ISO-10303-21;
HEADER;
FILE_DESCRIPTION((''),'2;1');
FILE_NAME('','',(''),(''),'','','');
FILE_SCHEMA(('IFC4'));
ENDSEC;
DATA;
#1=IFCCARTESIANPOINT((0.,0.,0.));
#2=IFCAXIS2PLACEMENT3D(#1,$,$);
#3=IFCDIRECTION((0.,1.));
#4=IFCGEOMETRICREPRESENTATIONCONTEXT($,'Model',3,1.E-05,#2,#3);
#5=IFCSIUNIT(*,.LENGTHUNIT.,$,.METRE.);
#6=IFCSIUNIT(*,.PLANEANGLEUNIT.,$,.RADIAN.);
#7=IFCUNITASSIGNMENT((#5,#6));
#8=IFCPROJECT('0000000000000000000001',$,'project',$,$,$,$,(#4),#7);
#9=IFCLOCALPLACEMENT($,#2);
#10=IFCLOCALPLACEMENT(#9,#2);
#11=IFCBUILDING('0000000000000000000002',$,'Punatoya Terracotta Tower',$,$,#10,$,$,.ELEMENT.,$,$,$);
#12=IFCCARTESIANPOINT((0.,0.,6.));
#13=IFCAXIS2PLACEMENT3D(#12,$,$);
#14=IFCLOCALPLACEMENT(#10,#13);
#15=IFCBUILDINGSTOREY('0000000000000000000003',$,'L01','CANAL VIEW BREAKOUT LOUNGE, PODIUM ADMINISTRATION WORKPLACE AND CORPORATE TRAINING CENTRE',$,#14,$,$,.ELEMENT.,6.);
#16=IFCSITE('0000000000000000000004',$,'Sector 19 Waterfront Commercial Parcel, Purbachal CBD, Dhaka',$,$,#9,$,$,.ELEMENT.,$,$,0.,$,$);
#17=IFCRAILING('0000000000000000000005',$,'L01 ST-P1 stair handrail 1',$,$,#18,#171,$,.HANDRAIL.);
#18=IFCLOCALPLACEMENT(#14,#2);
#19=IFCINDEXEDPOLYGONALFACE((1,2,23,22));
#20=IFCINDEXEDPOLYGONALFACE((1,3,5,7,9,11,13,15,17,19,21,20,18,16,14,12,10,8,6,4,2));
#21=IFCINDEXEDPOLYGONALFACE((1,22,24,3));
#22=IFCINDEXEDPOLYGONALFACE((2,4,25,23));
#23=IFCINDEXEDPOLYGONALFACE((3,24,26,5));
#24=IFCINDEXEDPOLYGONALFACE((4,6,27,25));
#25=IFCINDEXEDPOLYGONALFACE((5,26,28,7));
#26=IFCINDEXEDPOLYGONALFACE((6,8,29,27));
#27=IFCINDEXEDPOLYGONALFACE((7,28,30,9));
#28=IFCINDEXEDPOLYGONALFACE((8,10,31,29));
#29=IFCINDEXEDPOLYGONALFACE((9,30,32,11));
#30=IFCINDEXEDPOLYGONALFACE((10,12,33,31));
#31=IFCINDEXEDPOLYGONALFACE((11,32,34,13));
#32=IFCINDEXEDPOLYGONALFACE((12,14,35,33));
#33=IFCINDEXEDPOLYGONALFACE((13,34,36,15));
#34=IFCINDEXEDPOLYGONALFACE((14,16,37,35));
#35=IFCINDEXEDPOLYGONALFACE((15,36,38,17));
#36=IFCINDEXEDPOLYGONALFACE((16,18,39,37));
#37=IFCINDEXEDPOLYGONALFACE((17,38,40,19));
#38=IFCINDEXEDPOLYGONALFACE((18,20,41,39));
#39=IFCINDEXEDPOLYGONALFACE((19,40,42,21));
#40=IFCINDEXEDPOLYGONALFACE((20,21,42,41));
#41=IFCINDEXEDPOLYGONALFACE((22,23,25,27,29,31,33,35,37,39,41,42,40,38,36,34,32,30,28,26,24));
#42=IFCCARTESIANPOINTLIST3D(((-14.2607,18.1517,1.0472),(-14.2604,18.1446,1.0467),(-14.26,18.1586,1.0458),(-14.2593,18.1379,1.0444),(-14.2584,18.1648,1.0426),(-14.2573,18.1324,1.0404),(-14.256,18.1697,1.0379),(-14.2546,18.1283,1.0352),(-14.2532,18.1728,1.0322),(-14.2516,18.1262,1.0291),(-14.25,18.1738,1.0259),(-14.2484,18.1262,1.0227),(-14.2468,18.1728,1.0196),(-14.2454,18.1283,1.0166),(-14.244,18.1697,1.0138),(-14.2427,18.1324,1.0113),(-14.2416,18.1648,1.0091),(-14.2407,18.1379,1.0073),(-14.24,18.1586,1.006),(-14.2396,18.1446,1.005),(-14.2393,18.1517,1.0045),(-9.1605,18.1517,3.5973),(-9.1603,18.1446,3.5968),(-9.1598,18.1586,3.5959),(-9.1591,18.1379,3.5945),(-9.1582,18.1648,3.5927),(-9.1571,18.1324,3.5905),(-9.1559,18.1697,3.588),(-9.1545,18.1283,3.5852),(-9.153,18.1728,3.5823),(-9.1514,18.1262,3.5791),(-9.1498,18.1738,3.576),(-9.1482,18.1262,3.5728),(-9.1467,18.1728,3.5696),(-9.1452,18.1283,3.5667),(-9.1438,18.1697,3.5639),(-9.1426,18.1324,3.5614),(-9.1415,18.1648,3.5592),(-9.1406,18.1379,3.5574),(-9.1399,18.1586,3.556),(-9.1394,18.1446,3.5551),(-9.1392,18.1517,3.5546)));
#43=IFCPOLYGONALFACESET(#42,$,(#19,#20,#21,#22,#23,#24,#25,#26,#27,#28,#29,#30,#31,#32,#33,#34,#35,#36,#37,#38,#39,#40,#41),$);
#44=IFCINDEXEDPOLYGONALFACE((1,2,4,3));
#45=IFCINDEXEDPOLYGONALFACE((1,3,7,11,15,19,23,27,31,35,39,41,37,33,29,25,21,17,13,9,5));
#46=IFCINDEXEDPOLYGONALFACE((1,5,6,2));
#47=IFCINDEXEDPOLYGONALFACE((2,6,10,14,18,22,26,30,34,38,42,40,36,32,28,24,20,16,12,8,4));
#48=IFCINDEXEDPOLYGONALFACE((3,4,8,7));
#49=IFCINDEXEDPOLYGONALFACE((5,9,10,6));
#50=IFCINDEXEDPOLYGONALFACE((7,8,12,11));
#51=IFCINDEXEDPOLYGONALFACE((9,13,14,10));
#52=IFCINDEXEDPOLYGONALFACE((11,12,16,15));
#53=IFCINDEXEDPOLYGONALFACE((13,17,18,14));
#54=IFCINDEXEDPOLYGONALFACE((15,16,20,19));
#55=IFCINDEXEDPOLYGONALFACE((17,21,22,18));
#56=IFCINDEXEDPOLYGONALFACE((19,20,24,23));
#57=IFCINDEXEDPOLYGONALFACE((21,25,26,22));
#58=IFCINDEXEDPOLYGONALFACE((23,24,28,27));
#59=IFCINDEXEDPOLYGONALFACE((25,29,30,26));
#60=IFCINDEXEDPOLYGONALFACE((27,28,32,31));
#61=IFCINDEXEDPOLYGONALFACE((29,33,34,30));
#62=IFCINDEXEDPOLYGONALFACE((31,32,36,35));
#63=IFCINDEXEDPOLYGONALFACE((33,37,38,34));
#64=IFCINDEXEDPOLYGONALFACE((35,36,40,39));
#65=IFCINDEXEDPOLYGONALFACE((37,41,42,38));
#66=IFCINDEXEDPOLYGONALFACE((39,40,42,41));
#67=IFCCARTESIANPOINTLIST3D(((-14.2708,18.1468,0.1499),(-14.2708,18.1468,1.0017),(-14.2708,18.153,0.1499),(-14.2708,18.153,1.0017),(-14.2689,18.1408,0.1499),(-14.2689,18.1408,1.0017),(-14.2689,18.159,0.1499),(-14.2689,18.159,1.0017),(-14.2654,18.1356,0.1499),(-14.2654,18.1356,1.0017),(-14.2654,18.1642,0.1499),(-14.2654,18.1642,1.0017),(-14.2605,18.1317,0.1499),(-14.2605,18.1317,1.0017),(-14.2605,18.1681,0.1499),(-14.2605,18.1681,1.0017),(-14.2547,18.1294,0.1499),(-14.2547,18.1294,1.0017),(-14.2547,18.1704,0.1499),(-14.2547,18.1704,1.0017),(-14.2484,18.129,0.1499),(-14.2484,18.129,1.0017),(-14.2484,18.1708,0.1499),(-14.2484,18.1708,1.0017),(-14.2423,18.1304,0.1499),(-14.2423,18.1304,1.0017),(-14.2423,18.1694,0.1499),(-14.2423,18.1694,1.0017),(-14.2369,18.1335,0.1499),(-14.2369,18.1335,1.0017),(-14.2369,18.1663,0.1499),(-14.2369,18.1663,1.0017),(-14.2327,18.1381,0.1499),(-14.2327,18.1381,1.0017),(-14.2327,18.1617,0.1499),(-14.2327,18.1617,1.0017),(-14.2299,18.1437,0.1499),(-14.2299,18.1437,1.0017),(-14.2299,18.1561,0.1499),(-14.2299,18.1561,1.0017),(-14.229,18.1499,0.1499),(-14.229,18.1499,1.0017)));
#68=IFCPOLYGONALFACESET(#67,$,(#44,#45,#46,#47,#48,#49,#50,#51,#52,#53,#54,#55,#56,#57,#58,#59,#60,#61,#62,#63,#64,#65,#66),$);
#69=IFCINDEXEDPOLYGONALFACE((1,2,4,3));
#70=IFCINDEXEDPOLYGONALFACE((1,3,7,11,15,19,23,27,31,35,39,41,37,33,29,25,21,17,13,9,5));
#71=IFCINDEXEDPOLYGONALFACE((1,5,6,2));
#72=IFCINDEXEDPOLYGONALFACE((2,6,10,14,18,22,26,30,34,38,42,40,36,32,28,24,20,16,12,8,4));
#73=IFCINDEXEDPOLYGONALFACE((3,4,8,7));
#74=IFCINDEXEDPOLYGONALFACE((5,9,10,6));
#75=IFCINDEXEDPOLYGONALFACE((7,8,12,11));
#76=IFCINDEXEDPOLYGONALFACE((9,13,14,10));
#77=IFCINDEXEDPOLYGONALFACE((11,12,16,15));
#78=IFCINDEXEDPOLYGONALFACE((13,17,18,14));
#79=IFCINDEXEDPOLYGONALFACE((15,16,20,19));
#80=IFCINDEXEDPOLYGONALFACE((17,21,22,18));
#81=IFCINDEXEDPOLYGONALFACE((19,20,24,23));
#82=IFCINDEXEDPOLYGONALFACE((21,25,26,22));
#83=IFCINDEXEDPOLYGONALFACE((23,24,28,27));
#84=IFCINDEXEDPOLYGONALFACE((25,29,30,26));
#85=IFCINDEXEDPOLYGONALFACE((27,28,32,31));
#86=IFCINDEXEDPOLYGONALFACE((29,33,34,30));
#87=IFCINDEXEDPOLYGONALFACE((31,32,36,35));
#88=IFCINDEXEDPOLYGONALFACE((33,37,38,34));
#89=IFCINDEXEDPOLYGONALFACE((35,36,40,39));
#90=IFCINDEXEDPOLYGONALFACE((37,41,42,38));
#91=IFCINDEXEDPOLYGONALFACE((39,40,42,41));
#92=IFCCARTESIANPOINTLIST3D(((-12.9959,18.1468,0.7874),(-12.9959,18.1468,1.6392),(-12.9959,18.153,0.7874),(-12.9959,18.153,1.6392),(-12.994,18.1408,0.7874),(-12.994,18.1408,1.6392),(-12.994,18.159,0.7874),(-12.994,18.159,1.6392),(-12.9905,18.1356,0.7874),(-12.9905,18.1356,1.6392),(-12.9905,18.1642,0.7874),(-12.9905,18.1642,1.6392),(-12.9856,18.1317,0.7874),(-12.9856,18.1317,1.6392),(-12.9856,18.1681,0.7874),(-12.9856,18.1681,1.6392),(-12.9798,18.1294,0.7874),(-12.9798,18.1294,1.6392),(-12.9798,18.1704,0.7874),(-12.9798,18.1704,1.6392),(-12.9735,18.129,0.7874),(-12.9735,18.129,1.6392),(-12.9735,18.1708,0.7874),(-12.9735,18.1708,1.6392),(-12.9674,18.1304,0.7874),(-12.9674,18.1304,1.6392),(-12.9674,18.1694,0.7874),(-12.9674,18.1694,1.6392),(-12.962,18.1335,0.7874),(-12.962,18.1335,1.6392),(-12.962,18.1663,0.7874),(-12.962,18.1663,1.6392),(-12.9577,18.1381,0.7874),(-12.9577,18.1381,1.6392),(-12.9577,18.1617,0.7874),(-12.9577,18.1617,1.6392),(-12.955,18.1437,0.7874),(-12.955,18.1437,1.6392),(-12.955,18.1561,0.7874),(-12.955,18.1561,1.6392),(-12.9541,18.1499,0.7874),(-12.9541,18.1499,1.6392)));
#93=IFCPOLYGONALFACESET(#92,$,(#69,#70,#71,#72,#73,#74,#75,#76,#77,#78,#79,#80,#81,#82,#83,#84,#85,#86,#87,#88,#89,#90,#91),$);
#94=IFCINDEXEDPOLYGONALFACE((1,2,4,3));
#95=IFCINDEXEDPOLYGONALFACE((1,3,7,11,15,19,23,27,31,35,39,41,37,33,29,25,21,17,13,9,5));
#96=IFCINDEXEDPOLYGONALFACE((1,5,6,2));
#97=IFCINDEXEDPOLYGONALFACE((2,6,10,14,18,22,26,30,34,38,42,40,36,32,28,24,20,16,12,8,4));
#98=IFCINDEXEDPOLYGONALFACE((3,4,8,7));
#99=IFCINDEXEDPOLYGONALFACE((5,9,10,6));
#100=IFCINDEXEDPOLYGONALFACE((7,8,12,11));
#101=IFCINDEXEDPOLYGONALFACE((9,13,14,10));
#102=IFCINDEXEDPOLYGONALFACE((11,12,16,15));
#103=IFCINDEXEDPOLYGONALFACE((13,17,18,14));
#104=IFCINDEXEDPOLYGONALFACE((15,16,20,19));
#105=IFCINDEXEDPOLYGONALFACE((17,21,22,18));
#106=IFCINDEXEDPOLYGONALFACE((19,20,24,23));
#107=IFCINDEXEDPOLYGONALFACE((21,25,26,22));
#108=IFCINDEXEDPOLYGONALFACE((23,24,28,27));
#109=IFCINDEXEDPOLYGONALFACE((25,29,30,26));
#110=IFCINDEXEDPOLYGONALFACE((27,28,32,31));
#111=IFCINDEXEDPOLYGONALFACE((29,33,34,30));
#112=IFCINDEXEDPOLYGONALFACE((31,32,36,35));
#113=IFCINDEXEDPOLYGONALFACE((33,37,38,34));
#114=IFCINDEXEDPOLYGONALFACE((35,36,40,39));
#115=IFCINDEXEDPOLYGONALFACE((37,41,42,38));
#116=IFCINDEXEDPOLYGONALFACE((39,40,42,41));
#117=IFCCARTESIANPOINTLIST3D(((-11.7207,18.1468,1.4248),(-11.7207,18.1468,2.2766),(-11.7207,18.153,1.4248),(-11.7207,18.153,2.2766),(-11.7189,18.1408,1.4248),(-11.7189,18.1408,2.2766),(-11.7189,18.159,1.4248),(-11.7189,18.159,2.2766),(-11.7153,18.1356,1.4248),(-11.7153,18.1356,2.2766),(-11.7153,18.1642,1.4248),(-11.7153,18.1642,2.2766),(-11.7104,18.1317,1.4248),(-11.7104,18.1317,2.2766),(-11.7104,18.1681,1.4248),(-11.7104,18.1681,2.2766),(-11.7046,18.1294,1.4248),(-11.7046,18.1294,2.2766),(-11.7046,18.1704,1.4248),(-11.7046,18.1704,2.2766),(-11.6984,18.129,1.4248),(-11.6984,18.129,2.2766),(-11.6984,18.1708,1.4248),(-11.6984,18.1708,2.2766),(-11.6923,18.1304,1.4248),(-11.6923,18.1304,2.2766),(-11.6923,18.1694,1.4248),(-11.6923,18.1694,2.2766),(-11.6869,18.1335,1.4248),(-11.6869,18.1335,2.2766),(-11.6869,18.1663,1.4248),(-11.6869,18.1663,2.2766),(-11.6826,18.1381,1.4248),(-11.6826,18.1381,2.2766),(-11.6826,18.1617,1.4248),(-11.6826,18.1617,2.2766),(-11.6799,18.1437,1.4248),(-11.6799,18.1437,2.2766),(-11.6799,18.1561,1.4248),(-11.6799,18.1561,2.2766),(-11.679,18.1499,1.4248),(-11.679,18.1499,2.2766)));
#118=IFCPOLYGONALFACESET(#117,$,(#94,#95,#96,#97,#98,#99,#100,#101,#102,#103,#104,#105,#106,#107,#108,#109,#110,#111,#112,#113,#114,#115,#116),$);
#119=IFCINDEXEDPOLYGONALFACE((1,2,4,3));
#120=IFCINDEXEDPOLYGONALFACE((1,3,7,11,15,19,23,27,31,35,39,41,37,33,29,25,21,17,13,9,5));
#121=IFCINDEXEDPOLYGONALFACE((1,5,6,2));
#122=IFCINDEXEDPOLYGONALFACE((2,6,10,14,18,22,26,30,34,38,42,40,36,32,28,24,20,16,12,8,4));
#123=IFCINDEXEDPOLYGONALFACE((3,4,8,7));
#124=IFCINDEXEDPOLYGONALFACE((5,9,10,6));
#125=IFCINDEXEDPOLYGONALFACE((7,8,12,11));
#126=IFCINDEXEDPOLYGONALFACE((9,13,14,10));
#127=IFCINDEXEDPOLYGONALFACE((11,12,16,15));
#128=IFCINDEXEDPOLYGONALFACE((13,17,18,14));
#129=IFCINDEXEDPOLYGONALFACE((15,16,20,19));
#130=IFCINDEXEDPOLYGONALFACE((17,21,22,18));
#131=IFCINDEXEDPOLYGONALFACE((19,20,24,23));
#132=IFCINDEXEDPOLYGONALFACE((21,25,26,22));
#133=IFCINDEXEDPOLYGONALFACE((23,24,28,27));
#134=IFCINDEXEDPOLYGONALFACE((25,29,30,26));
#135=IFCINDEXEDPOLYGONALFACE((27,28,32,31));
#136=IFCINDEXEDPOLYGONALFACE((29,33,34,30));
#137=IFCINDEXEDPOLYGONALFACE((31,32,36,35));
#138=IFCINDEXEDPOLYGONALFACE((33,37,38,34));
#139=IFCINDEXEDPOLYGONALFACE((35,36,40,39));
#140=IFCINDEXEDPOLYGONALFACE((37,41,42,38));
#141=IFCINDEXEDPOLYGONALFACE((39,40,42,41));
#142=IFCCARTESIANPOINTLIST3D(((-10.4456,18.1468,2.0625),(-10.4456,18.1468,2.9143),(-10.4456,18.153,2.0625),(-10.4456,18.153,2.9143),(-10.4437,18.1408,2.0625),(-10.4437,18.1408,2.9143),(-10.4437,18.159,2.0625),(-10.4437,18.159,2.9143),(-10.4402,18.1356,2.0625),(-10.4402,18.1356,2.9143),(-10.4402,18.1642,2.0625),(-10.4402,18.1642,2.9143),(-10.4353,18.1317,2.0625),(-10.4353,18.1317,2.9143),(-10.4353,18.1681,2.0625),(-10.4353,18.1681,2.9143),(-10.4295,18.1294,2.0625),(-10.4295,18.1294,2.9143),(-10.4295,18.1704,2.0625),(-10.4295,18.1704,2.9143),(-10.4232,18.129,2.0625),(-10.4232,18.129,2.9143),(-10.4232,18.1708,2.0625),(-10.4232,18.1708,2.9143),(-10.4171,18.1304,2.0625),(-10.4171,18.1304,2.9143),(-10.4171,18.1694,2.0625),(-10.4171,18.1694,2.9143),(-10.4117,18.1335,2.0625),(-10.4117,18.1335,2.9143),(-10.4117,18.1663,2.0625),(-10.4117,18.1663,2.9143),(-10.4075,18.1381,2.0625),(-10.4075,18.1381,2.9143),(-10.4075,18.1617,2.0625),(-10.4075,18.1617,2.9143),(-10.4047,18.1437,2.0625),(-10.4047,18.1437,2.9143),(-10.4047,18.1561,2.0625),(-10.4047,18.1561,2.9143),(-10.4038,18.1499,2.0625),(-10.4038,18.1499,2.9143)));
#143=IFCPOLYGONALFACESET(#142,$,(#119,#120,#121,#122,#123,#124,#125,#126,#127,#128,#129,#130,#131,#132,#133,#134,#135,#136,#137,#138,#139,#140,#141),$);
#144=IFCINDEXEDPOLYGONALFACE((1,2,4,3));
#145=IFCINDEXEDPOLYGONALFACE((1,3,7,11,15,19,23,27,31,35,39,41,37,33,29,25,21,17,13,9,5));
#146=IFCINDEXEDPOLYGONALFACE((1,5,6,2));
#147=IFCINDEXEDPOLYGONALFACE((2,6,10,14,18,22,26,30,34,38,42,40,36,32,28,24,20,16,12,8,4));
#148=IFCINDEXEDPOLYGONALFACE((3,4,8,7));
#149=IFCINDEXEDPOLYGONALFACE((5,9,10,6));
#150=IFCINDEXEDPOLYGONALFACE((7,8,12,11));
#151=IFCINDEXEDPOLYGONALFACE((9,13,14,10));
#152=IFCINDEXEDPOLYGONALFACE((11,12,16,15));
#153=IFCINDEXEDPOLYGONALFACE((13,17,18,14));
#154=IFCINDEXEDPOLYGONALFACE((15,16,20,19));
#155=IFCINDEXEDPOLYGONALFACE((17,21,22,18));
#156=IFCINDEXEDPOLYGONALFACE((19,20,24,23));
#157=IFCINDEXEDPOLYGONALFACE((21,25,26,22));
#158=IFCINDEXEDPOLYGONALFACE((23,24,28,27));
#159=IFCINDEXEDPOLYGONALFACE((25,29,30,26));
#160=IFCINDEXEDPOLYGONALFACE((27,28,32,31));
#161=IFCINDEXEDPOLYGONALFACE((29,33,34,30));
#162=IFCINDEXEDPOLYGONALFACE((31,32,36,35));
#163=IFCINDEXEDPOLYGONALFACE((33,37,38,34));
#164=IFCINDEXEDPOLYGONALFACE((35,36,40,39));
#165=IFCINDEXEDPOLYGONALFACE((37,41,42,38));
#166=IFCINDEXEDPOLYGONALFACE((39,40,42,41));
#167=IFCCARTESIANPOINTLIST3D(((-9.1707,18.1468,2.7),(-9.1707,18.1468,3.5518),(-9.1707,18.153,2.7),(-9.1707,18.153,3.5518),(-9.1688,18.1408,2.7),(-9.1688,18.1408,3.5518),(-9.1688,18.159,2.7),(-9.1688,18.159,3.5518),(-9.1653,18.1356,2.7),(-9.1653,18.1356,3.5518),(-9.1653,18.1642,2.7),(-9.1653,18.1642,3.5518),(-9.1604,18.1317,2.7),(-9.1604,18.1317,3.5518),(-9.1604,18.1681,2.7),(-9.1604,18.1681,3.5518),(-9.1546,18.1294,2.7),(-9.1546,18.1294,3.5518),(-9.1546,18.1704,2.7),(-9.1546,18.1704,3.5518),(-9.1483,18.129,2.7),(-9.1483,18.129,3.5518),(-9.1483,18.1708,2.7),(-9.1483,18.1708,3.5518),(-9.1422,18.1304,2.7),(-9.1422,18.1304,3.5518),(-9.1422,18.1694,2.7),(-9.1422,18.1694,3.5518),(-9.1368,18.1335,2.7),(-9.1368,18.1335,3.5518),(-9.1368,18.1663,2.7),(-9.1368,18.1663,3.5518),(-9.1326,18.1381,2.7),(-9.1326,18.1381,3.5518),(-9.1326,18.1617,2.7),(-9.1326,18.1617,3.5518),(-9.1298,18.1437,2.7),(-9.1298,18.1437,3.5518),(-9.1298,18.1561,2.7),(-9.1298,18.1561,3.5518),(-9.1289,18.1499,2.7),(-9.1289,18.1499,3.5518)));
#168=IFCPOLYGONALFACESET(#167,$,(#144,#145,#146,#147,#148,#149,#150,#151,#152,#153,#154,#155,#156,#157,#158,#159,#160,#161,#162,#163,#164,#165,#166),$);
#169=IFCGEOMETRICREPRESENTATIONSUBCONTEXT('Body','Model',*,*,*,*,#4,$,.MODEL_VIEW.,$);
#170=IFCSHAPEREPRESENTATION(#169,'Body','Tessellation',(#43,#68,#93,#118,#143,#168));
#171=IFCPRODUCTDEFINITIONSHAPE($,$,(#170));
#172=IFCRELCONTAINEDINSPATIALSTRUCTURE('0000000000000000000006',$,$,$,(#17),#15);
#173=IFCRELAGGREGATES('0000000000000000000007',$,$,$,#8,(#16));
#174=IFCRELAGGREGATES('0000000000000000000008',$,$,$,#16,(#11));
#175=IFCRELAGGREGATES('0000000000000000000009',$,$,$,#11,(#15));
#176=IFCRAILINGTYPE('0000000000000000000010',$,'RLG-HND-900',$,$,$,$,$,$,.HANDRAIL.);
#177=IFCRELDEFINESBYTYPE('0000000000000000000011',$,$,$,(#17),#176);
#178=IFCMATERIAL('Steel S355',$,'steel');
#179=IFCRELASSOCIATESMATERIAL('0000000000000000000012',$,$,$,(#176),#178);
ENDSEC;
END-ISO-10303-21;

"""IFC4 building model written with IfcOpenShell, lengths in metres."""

from ifc_helpers import new_model, si_unit, direction, frame, origin, origin_2d, place, context, subcontext, project, spatial, circle, extrude, material, type_object, element, save


model = new_model("IFC4")

# Units and contexts
model_context = context("Model", 3, precision=1e-05, world=origin(), true_north=direction((0.0, 1.0)))
body_context = subcontext(model_context, "Body", "Model", "MODEL_VIEW")
ifc_project = project(units=[si_unit("LENGTHUNIT", "METRE"), si_unit("PLANEANGLEUNIT", "RADIAN")], contexts=[model_context])

# Site, building, storey
site_placement = place(None, origin())
site = spatial("IfcSite", under=ifc_project, at=site_placement, Name="Sector 19 Waterfront Commercial Parcel, Purbachal CBD, Dhaka", CompositionType="ELEMENT", RefElevation=0.0)
building_placement = place(site_placement, origin())
building = spatial("IfcBuilding", under=site, at=building_placement, Name="Punatoya Terracotta Tower", CompositionType="ELEMENT")
storey_placement = place(building_placement, frame((0.0, 0.0, 6.0)))
storey = spatial("IfcBuildingStorey", under=building, at=storey_placement, Name="L01", Description="CANAL VIEW BREAKOUT LOUNGE, PODIUM ADMINISTRATION WORKPLACE AND CORPORATE TRAINING CENTRE", CompositionType="ELEMENT", Elevation=6.0)

# Shared definitions
ifc_material_1 = material(Name="Steel S355", Category="steel")

# Railing
railing_type_1 = type_object("IfcRailingType", Name="RLG-HND-900", PredefinedType="HANDRAIL", material=ifc_material_1)
railing_1_placement = place(storey_placement, frame((-14.25, 18.1499, 0.1499)))
element("IfcRailing", 1, at=railing_1_placement, inside=storey, type_object=railing_type_1, Name="L01 ST-P1 stair handrail 1", PredefinedType="HANDRAIL", context=body_context, shape_type="SweptSolid", body=[
    extrude(circle(Radius=0.0239, at=origin_2d()), frame((0.0, 0.0, 0.876), z_axis=(0.894427, 0.0, 0.447214), x_axis=(0.0, 1.0, 0.0)), (0.0, 0.0, 1.0), 5.7021),
    extrude(circle(Radius=0.021, at=origin_2d()), origin(), (0.0, 0.0, 1.0), 0.8518),
    extrude(circle(Radius=0.021, at=origin_2d()), frame((1.2749, 0.0, 0.6375)), (0.0, 0.0, 1.0), 0.8518),
    extrude(circle(Radius=0.021, at=origin_2d()), frame((2.55, 0.0, 1.2749)), (0.0, 0.0, 1.0), 0.8518),
    extrude(circle(Radius=0.021, at=origin_2d()), frame((3.8252, 0.0, 1.9126)), (0.0, 0.0, 1.0), 0.8518),
    extrude(circle(Radius=0.021, at=origin_2d()), frame((5.1001, 0.0, 2.55)), (0.0, 0.0, 1.0), 0.8518),
])

save(model, "model.ifc")
